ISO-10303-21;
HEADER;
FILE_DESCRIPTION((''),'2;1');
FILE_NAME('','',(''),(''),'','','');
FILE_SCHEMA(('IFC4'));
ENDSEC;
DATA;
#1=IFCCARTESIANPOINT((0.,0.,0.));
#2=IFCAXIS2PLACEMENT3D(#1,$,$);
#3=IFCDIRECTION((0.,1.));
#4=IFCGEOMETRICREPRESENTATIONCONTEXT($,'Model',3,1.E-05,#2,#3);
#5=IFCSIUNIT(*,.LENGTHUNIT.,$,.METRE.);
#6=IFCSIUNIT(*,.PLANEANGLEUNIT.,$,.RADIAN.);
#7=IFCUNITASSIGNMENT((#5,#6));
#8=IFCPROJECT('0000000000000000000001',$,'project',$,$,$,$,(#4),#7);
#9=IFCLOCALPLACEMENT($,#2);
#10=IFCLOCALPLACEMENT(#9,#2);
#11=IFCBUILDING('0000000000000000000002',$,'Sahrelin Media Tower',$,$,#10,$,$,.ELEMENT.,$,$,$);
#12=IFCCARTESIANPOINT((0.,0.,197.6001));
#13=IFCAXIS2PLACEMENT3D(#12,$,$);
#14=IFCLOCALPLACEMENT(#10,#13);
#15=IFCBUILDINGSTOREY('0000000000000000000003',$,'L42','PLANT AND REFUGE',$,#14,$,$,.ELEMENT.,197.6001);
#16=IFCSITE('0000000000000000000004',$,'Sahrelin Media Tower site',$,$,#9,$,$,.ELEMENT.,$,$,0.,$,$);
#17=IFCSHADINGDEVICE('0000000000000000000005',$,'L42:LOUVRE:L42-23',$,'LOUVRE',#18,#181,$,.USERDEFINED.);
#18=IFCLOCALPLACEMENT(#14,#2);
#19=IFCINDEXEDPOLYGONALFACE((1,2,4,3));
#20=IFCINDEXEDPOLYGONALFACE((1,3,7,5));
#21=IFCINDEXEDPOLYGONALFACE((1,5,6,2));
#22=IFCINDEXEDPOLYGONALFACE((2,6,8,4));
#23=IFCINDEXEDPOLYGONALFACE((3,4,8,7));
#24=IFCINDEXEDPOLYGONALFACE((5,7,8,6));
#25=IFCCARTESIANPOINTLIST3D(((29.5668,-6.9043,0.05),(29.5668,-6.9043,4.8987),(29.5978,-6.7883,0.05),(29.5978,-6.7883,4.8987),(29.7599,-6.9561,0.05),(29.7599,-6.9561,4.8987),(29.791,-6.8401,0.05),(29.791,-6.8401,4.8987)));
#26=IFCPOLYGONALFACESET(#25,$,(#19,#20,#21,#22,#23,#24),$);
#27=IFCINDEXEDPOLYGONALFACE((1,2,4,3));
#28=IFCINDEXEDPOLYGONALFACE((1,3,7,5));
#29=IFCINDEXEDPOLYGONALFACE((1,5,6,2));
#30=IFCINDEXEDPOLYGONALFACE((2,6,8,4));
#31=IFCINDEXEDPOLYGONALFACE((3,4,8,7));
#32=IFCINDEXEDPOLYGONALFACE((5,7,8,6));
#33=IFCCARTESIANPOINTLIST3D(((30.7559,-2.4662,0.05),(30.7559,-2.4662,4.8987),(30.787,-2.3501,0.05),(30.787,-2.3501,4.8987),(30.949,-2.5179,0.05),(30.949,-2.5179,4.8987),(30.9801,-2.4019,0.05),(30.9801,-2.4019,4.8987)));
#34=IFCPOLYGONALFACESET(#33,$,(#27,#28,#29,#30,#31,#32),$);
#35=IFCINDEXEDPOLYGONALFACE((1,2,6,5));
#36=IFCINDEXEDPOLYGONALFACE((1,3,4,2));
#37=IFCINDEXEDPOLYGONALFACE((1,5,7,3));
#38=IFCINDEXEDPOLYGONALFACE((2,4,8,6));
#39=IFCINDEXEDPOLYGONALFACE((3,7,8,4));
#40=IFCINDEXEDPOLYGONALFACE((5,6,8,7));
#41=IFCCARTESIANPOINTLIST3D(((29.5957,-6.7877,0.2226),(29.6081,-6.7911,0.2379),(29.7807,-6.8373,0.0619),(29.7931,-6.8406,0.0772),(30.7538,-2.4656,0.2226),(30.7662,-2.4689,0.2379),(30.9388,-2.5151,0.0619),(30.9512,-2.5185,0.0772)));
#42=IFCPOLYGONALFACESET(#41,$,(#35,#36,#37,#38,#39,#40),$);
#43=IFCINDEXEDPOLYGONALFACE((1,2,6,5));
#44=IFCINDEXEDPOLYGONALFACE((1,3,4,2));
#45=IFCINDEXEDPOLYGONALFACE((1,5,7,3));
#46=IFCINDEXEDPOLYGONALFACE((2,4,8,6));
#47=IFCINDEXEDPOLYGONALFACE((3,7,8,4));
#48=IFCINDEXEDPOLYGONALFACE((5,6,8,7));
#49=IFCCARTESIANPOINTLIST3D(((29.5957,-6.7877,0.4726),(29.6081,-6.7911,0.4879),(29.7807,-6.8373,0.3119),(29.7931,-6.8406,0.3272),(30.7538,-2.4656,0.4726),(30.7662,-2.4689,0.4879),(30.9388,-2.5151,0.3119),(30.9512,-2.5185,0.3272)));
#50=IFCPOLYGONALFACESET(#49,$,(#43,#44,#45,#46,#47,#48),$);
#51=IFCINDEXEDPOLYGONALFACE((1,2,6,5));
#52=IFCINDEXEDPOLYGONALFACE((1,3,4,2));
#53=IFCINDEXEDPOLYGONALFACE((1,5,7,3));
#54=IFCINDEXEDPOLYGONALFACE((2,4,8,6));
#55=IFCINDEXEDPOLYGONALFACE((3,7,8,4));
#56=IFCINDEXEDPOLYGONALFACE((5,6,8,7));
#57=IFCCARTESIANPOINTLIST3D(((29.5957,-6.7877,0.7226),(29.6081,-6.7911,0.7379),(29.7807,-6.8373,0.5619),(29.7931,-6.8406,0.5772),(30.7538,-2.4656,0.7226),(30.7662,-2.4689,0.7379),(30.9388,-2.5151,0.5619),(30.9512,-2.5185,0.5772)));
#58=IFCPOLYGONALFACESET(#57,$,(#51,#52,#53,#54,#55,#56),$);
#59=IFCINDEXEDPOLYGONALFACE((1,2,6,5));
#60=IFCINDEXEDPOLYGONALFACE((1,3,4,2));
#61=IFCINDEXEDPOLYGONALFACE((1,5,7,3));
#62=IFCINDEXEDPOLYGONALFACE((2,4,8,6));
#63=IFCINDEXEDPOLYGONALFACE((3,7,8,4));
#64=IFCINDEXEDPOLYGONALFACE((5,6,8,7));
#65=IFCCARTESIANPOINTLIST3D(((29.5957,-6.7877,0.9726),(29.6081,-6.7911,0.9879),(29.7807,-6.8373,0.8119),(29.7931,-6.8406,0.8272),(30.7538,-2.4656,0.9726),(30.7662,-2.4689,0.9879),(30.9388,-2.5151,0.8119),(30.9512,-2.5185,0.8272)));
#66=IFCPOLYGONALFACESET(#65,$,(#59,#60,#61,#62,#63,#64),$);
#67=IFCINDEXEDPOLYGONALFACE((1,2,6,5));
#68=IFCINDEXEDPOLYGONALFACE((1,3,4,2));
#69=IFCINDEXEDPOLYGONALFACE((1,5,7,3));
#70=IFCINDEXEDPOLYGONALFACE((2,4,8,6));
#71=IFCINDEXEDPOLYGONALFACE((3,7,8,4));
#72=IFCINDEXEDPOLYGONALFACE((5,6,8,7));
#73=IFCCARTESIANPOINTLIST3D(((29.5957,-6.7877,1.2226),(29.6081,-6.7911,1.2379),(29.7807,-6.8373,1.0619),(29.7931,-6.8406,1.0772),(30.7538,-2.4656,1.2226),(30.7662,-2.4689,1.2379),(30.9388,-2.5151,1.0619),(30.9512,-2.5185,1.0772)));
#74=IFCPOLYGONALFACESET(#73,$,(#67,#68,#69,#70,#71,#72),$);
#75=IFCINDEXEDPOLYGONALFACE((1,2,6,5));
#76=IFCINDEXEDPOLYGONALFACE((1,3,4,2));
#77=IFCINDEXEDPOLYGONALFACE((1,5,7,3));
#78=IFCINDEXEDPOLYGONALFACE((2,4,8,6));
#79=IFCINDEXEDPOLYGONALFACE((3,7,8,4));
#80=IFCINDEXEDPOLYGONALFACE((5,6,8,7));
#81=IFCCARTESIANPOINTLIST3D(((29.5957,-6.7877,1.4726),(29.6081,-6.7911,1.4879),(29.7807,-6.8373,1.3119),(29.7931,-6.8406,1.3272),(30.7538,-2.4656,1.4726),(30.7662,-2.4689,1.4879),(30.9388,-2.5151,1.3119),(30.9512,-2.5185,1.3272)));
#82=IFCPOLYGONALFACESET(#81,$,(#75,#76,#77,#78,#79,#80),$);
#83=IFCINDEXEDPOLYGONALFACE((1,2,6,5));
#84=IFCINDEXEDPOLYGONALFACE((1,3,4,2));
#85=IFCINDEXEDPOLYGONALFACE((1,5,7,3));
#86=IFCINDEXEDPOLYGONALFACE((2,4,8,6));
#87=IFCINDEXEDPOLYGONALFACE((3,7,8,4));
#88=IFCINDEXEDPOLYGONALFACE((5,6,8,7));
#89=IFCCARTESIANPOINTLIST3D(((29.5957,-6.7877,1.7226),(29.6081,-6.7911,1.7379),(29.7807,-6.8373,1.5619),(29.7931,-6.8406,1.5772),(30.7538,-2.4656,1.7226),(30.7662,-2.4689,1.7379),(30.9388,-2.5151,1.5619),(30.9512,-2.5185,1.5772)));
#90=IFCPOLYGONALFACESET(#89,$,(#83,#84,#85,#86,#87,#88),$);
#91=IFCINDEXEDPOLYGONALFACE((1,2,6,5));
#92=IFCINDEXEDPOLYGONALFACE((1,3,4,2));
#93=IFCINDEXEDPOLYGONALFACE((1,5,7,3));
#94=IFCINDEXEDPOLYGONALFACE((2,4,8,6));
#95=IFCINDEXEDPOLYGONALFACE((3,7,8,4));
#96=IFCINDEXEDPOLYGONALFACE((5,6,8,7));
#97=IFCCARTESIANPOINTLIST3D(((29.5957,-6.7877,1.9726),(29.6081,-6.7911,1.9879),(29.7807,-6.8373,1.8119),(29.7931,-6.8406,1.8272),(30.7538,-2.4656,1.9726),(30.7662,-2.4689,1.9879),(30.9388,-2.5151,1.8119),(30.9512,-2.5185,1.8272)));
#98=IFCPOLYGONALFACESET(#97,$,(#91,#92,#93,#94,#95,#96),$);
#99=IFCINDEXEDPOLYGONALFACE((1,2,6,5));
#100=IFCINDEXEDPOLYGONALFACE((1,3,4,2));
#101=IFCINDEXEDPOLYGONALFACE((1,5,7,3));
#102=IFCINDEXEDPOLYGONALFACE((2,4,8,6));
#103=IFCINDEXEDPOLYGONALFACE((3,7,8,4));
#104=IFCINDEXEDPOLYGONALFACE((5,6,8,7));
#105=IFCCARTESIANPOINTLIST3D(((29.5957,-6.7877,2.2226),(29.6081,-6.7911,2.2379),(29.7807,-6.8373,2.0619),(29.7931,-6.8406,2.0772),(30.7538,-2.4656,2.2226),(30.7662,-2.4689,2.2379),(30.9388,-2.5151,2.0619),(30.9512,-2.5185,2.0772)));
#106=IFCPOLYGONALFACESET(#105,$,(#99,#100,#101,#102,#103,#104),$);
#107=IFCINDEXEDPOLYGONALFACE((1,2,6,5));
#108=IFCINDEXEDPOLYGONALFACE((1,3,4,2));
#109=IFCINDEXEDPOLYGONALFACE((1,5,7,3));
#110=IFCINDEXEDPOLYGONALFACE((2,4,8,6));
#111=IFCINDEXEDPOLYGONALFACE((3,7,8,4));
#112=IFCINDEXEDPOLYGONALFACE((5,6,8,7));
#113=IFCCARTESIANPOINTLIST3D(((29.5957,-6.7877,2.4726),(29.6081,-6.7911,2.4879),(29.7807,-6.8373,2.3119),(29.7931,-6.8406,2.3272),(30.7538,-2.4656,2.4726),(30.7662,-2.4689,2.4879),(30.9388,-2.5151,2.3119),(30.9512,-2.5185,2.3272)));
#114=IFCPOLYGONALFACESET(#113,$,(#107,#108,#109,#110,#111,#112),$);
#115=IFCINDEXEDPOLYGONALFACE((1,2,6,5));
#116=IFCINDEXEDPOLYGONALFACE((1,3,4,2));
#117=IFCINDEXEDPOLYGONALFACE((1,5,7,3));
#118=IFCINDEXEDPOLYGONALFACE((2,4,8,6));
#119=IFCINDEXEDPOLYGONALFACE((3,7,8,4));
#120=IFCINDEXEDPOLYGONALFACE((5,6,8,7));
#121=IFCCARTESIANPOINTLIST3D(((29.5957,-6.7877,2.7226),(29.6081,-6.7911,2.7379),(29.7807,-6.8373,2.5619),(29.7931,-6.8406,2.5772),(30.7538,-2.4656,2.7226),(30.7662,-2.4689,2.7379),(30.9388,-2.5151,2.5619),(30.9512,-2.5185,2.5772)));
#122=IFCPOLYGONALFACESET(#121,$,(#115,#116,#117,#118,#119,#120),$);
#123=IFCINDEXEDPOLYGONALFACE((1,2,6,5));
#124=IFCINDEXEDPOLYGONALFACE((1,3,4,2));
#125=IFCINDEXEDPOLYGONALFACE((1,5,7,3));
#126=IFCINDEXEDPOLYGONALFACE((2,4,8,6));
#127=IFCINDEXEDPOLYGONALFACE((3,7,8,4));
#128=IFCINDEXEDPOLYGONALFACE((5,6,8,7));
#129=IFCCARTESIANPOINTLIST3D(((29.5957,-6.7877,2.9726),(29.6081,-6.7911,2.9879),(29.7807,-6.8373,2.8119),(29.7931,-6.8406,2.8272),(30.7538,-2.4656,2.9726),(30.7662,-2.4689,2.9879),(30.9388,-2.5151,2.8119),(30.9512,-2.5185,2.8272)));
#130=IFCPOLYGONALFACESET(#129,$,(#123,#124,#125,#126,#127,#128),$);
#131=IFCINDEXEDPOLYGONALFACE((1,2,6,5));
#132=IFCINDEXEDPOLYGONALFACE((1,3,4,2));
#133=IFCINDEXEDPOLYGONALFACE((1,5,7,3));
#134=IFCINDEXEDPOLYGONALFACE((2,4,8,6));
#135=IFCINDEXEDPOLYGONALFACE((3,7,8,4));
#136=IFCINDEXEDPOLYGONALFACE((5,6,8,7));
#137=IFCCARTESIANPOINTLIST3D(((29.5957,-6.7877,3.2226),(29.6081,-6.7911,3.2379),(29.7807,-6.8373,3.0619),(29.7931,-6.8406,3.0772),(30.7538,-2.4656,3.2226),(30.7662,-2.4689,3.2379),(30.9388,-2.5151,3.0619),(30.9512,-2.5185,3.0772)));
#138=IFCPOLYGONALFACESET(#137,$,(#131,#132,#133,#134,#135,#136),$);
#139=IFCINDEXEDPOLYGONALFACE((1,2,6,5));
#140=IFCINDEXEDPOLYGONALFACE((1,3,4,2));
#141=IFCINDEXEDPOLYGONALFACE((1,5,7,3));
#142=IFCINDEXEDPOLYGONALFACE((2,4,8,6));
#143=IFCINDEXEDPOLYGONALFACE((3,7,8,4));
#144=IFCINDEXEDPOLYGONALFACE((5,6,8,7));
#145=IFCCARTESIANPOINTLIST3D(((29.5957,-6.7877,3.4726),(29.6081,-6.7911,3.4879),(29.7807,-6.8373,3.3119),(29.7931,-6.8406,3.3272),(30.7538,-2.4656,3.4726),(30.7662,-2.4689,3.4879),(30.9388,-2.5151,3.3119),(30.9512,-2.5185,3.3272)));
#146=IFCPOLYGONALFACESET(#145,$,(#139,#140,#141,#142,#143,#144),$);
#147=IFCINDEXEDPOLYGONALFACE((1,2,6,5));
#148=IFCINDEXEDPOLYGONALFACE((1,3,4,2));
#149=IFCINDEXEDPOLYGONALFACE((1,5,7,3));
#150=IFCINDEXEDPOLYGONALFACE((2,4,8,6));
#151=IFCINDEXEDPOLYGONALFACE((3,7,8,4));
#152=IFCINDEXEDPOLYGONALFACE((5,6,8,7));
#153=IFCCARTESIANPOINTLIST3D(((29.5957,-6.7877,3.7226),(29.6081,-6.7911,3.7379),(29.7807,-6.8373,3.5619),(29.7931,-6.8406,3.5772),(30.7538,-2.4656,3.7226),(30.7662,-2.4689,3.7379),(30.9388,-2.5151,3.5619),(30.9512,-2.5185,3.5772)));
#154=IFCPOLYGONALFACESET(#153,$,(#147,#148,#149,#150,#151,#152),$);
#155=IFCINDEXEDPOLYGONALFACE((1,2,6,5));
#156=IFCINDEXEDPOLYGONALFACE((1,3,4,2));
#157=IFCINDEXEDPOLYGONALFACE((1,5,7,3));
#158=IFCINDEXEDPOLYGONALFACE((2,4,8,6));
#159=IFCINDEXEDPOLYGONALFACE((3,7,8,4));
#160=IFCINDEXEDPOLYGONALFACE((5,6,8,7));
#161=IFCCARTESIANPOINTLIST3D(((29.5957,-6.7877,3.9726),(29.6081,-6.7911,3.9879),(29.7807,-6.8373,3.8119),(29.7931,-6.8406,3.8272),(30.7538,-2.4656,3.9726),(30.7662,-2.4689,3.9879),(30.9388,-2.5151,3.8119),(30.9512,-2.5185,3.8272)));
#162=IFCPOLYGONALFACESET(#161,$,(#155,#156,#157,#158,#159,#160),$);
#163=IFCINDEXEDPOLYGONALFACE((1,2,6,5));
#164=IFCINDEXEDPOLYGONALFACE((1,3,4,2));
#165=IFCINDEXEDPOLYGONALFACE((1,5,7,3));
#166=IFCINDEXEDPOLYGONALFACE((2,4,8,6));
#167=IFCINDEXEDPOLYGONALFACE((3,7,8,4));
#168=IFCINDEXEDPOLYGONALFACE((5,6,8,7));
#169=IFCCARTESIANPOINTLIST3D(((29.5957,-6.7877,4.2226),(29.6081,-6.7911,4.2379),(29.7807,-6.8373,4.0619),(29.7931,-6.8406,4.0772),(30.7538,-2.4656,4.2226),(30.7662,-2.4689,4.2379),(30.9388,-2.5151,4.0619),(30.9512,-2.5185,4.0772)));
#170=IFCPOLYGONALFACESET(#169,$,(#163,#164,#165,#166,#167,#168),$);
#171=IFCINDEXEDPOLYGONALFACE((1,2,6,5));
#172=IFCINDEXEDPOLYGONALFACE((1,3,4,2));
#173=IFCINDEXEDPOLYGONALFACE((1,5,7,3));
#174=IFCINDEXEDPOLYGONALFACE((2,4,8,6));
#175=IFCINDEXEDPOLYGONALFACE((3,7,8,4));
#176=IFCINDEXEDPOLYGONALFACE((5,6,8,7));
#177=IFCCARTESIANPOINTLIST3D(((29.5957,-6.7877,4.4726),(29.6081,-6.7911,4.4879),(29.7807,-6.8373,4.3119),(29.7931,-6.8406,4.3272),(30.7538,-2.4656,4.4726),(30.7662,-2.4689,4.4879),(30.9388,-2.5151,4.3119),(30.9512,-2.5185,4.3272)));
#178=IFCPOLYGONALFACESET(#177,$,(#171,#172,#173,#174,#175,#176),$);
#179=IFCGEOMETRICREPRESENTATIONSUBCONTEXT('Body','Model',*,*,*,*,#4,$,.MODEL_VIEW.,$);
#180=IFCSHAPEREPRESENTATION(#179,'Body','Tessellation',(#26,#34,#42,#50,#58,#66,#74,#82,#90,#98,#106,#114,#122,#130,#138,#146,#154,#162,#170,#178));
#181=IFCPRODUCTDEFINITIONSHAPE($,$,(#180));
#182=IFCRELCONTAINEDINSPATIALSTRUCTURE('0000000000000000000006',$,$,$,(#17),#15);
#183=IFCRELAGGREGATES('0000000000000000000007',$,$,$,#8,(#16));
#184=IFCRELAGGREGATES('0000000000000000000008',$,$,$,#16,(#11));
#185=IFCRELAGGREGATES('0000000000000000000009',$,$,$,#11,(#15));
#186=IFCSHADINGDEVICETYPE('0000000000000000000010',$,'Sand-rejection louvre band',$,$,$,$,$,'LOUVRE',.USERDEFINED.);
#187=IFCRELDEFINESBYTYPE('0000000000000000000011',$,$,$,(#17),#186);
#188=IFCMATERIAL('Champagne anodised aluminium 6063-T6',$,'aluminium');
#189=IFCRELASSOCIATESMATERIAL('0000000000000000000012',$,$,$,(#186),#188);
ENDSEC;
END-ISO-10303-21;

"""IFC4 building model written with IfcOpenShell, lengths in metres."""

from ifc_helpers import new_model, si_unit, direction, frame, origin, origin_2d, place, context, subcontext, project, spatial, rectangle, extrude, material, type_object, element, save


model = new_model("IFC4")

# Units and contexts
model_context = context("Model", 3, precision=1e-05, world=origin(), true_north=direction((0.0, 1.0)))
body_context = subcontext(model_context, "Body", "Model", "MODEL_VIEW")
ifc_project = project(units=[si_unit("LENGTHUNIT", "METRE"), si_unit("PLANEANGLEUNIT", "RADIAN")], contexts=[model_context])

# Site, building, storey
site_placement = place(None, origin())
site = spatial("IfcSite", under=ifc_project, at=site_placement, Name="Sahrelin Media Tower site", CompositionType="ELEMENT", RefElevation=0.0)
building_placement = place(site_placement, origin())
building = spatial("IfcBuilding", under=site, at=building_placement, Name="Sahrelin Media Tower", CompositionType="ELEMENT")
storey_placement = place(building_placement, frame((0.0, 0.0, 197.6001)))
storey = spatial("IfcBuildingStorey", under=building, at=storey_placement, Name="L42", Description="PLANT AND REFUGE", CompositionType="ELEMENT", Elevation=197.6001)

# Shading device
ifc_material_1 = material(Name="Champagne anodised aluminium 6063-T6", Category="aluminium")
shading_device_type = type_object("IfcShadingDeviceType", Name="Sand-rejection louvre band", ElementType="LOUVRE", PredefinedType="USERDEFINED", material=ifc_material_1)
shading_device_1_placement = place(storey_placement, frame((30.1768, -4.6272, 0.0), z_axis=(0.0, 0.0, 1.0), x_axis=(-0.258808, -0.965929, 0.0)))
element("IfcShadingDevice", 1, at=shading_device_1_placement, inside=storey, type_object=shading_device_type, Name="L42:LOUVRE:L42-23", ObjectType="LOUVRE", PredefinedType="USERDEFINED", context=body_context, shape_type="SweptSolid", body=[
    extrude(rectangle(XDim=0.1201, YDim=0.2, at=origin_2d()), frame((2.2974, 0.1001, 0.05), z_axis=(0.0, 0.0, 1.0), x_axis=(1.0, 0.0, 0.0)), (0.0, 0.0, 1.0), 4.8486),
    extrude(rectangle(XDim=0.1201, YDim=0.2, at=origin_2d()), frame((-2.2974, 0.1001, 0.05), z_axis=(0.0, 0.0, 1.0), x_axis=(1.0, 0.0, 0.0)), (0.0, 0.0, 1.0), 4.8486),
    extrude(rectangle(XDim=0.25, YDim=0.02, at=origin_2d()), frame((2.2373, 0.1001, 0.1499), z_axis=(-1.0, 0.0, 0.0), x_axis=(0.0, -0.766044, 0.642788)), (0.0, 0.0, 1.0), 4.4746),
    extrude(rectangle(XDim=0.25, YDim=0.02, at=origin_2d()), frame((2.2373, 0.1001, 0.3999), z_axis=(-1.0, 0.0, 0.0), x_axis=(0.0, -0.766044, 0.642788)), (0.0, 0.0, 1.0), 4.4746),
    extrude(rectangle(XDim=0.25, YDim=0.02, at=origin_2d()), frame((2.2373, 0.1001, 0.6499), z_axis=(-1.0, 0.0, 0.0), x_axis=(0.0, -0.766044, 0.642788)), (0.0, 0.0, 1.0), 4.4746),
    extrude(rectangle(XDim=0.25, YDim=0.02, at=origin_2d()), frame((2.2373, 0.1001, 0.8999), z_axis=(-1.0, 0.0, 0.0), x_axis=(0.0, -0.766044, 0.642788)), (0.0, 0.0, 1.0), 4.4746),
    extrude(rectangle(XDim=0.25, YDim=0.02, at=origin_2d()), frame((2.2373, 0.1001, 1.1499), z_axis=(-1.0, 0.0, 0.0), x_axis=(0.0, -0.766044, 0.642788)), (0.0, 0.0, 1.0), 4.4746),
    extrude(rectangle(XDim=0.25, YDim=0.02, at=origin_2d()), frame((2.2373, 0.1001, 1.3999), z_axis=(-1.0, 0.0, 0.0), x_axis=(0.0, -0.766044, 0.642788)), (0.0, 0.0, 1.0), 4.4746),
    extrude(rectangle(XDim=0.25, YDim=0.02, at=origin_2d()), frame((2.2373, 0.1001, 1.6499), z_axis=(-1.0, 0.0, 0.0), x_axis=(0.0, -0.766044, 0.642788)), (0.0, 0.0, 1.0), 4.4746),
    extrude(rectangle(XDim=0.25, YDim=0.02, at=origin_2d()), frame((2.2373, 0.1001, 1.8999), z_axis=(-1.0, 0.0, 0.0), x_axis=(0.0, -0.766044, 0.642788)), (0.0, 0.0, 1.0), 4.4746),
    extrude(rectangle(XDim=0.25, YDim=0.02, at=origin_2d()), frame((2.2373, 0.1001, 2.1499), z_axis=(-1.0, 0.0, 0.0), x_axis=(0.0, -0.766044, 0.642788)), (0.0, 0.0, 1.0), 4.4746),
    extrude(rectangle(XDim=0.25, YDim=0.02, at=origin_2d()), frame((2.2373, 0.1001, 2.3999), z_axis=(-1.0, 0.0, 0.0), x_axis=(0.0, -0.766044, 0.642788)), (0.0, 0.0, 1.0), 4.4746),
    extrude(rectangle(XDim=0.25, YDim=0.02, at=origin_2d()), frame((2.2373, 0.1001, 2.6499), z_axis=(-1.0, 0.0, 0.0), x_axis=(0.0, -0.766044, 0.642788)), (0.0, 0.0, 1.0), 4.4746),
    extrude(rectangle(XDim=0.25, YDim=0.02, at=origin_2d()), frame((2.2373, 0.1001, 2.8999), z_axis=(-1.0, 0.0, 0.0), x_axis=(0.0, -0.766044, 0.642788)), (0.0, 0.0, 1.0), 4.4746),
    extrude(rectangle(XDim=0.25, YDim=0.02, at=origin_2d()), frame((2.2373, 0.1001, 3.1499), z_axis=(-1.0, 0.0, 0.0), x_axis=(0.0, -0.766044, 0.642788)), (0.0, 0.0, 1.0), 4.4746),
    extrude(rectangle(XDim=0.25, YDim=0.02, at=origin_2d()), frame((2.2373, 0.1001, 3.3999), z_axis=(-1.0, 0.0, 0.0), x_axis=(0.0, -0.766044, 0.642788)), (0.0, 0.0, 1.0), 4.4746),
    extrude(rectangle(XDim=0.25, YDim=0.02, at=origin_2d()), frame((2.2373, 0.1001, 3.6499), z_axis=(-1.0, 0.0, 0.0), x_axis=(0.0, -0.766044, 0.642788)), (0.0, 0.0, 1.0), 4.4746),
    extrude(rectangle(XDim=0.25, YDim=0.02, at=origin_2d()), frame((2.2373, 0.1001, 3.8999), z_axis=(-1.0, 0.0, 0.0), x_axis=(0.0, -0.766044, 0.642788)), (0.0, 0.0, 1.0), 4.4746),
    extrude(rectangle(XDim=0.25, YDim=0.02, at=origin_2d()), frame((2.2373, 0.1001, 4.1499), z_axis=(-1.0, 0.0, 0.0), x_axis=(0.0, -0.766044, 0.642788)), (0.0, 0.0, 1.0), 4.4746),
    extrude(rectangle(XDim=0.25, YDim=0.02, at=origin_2d()), frame((2.2373, 0.1001, 4.3999), z_axis=(-1.0, 0.0, 0.0), x_axis=(0.0, -0.766044, 0.642788)), (0.0, 0.0, 1.0), 4.4746),
])

save(model, "model.ifc")
